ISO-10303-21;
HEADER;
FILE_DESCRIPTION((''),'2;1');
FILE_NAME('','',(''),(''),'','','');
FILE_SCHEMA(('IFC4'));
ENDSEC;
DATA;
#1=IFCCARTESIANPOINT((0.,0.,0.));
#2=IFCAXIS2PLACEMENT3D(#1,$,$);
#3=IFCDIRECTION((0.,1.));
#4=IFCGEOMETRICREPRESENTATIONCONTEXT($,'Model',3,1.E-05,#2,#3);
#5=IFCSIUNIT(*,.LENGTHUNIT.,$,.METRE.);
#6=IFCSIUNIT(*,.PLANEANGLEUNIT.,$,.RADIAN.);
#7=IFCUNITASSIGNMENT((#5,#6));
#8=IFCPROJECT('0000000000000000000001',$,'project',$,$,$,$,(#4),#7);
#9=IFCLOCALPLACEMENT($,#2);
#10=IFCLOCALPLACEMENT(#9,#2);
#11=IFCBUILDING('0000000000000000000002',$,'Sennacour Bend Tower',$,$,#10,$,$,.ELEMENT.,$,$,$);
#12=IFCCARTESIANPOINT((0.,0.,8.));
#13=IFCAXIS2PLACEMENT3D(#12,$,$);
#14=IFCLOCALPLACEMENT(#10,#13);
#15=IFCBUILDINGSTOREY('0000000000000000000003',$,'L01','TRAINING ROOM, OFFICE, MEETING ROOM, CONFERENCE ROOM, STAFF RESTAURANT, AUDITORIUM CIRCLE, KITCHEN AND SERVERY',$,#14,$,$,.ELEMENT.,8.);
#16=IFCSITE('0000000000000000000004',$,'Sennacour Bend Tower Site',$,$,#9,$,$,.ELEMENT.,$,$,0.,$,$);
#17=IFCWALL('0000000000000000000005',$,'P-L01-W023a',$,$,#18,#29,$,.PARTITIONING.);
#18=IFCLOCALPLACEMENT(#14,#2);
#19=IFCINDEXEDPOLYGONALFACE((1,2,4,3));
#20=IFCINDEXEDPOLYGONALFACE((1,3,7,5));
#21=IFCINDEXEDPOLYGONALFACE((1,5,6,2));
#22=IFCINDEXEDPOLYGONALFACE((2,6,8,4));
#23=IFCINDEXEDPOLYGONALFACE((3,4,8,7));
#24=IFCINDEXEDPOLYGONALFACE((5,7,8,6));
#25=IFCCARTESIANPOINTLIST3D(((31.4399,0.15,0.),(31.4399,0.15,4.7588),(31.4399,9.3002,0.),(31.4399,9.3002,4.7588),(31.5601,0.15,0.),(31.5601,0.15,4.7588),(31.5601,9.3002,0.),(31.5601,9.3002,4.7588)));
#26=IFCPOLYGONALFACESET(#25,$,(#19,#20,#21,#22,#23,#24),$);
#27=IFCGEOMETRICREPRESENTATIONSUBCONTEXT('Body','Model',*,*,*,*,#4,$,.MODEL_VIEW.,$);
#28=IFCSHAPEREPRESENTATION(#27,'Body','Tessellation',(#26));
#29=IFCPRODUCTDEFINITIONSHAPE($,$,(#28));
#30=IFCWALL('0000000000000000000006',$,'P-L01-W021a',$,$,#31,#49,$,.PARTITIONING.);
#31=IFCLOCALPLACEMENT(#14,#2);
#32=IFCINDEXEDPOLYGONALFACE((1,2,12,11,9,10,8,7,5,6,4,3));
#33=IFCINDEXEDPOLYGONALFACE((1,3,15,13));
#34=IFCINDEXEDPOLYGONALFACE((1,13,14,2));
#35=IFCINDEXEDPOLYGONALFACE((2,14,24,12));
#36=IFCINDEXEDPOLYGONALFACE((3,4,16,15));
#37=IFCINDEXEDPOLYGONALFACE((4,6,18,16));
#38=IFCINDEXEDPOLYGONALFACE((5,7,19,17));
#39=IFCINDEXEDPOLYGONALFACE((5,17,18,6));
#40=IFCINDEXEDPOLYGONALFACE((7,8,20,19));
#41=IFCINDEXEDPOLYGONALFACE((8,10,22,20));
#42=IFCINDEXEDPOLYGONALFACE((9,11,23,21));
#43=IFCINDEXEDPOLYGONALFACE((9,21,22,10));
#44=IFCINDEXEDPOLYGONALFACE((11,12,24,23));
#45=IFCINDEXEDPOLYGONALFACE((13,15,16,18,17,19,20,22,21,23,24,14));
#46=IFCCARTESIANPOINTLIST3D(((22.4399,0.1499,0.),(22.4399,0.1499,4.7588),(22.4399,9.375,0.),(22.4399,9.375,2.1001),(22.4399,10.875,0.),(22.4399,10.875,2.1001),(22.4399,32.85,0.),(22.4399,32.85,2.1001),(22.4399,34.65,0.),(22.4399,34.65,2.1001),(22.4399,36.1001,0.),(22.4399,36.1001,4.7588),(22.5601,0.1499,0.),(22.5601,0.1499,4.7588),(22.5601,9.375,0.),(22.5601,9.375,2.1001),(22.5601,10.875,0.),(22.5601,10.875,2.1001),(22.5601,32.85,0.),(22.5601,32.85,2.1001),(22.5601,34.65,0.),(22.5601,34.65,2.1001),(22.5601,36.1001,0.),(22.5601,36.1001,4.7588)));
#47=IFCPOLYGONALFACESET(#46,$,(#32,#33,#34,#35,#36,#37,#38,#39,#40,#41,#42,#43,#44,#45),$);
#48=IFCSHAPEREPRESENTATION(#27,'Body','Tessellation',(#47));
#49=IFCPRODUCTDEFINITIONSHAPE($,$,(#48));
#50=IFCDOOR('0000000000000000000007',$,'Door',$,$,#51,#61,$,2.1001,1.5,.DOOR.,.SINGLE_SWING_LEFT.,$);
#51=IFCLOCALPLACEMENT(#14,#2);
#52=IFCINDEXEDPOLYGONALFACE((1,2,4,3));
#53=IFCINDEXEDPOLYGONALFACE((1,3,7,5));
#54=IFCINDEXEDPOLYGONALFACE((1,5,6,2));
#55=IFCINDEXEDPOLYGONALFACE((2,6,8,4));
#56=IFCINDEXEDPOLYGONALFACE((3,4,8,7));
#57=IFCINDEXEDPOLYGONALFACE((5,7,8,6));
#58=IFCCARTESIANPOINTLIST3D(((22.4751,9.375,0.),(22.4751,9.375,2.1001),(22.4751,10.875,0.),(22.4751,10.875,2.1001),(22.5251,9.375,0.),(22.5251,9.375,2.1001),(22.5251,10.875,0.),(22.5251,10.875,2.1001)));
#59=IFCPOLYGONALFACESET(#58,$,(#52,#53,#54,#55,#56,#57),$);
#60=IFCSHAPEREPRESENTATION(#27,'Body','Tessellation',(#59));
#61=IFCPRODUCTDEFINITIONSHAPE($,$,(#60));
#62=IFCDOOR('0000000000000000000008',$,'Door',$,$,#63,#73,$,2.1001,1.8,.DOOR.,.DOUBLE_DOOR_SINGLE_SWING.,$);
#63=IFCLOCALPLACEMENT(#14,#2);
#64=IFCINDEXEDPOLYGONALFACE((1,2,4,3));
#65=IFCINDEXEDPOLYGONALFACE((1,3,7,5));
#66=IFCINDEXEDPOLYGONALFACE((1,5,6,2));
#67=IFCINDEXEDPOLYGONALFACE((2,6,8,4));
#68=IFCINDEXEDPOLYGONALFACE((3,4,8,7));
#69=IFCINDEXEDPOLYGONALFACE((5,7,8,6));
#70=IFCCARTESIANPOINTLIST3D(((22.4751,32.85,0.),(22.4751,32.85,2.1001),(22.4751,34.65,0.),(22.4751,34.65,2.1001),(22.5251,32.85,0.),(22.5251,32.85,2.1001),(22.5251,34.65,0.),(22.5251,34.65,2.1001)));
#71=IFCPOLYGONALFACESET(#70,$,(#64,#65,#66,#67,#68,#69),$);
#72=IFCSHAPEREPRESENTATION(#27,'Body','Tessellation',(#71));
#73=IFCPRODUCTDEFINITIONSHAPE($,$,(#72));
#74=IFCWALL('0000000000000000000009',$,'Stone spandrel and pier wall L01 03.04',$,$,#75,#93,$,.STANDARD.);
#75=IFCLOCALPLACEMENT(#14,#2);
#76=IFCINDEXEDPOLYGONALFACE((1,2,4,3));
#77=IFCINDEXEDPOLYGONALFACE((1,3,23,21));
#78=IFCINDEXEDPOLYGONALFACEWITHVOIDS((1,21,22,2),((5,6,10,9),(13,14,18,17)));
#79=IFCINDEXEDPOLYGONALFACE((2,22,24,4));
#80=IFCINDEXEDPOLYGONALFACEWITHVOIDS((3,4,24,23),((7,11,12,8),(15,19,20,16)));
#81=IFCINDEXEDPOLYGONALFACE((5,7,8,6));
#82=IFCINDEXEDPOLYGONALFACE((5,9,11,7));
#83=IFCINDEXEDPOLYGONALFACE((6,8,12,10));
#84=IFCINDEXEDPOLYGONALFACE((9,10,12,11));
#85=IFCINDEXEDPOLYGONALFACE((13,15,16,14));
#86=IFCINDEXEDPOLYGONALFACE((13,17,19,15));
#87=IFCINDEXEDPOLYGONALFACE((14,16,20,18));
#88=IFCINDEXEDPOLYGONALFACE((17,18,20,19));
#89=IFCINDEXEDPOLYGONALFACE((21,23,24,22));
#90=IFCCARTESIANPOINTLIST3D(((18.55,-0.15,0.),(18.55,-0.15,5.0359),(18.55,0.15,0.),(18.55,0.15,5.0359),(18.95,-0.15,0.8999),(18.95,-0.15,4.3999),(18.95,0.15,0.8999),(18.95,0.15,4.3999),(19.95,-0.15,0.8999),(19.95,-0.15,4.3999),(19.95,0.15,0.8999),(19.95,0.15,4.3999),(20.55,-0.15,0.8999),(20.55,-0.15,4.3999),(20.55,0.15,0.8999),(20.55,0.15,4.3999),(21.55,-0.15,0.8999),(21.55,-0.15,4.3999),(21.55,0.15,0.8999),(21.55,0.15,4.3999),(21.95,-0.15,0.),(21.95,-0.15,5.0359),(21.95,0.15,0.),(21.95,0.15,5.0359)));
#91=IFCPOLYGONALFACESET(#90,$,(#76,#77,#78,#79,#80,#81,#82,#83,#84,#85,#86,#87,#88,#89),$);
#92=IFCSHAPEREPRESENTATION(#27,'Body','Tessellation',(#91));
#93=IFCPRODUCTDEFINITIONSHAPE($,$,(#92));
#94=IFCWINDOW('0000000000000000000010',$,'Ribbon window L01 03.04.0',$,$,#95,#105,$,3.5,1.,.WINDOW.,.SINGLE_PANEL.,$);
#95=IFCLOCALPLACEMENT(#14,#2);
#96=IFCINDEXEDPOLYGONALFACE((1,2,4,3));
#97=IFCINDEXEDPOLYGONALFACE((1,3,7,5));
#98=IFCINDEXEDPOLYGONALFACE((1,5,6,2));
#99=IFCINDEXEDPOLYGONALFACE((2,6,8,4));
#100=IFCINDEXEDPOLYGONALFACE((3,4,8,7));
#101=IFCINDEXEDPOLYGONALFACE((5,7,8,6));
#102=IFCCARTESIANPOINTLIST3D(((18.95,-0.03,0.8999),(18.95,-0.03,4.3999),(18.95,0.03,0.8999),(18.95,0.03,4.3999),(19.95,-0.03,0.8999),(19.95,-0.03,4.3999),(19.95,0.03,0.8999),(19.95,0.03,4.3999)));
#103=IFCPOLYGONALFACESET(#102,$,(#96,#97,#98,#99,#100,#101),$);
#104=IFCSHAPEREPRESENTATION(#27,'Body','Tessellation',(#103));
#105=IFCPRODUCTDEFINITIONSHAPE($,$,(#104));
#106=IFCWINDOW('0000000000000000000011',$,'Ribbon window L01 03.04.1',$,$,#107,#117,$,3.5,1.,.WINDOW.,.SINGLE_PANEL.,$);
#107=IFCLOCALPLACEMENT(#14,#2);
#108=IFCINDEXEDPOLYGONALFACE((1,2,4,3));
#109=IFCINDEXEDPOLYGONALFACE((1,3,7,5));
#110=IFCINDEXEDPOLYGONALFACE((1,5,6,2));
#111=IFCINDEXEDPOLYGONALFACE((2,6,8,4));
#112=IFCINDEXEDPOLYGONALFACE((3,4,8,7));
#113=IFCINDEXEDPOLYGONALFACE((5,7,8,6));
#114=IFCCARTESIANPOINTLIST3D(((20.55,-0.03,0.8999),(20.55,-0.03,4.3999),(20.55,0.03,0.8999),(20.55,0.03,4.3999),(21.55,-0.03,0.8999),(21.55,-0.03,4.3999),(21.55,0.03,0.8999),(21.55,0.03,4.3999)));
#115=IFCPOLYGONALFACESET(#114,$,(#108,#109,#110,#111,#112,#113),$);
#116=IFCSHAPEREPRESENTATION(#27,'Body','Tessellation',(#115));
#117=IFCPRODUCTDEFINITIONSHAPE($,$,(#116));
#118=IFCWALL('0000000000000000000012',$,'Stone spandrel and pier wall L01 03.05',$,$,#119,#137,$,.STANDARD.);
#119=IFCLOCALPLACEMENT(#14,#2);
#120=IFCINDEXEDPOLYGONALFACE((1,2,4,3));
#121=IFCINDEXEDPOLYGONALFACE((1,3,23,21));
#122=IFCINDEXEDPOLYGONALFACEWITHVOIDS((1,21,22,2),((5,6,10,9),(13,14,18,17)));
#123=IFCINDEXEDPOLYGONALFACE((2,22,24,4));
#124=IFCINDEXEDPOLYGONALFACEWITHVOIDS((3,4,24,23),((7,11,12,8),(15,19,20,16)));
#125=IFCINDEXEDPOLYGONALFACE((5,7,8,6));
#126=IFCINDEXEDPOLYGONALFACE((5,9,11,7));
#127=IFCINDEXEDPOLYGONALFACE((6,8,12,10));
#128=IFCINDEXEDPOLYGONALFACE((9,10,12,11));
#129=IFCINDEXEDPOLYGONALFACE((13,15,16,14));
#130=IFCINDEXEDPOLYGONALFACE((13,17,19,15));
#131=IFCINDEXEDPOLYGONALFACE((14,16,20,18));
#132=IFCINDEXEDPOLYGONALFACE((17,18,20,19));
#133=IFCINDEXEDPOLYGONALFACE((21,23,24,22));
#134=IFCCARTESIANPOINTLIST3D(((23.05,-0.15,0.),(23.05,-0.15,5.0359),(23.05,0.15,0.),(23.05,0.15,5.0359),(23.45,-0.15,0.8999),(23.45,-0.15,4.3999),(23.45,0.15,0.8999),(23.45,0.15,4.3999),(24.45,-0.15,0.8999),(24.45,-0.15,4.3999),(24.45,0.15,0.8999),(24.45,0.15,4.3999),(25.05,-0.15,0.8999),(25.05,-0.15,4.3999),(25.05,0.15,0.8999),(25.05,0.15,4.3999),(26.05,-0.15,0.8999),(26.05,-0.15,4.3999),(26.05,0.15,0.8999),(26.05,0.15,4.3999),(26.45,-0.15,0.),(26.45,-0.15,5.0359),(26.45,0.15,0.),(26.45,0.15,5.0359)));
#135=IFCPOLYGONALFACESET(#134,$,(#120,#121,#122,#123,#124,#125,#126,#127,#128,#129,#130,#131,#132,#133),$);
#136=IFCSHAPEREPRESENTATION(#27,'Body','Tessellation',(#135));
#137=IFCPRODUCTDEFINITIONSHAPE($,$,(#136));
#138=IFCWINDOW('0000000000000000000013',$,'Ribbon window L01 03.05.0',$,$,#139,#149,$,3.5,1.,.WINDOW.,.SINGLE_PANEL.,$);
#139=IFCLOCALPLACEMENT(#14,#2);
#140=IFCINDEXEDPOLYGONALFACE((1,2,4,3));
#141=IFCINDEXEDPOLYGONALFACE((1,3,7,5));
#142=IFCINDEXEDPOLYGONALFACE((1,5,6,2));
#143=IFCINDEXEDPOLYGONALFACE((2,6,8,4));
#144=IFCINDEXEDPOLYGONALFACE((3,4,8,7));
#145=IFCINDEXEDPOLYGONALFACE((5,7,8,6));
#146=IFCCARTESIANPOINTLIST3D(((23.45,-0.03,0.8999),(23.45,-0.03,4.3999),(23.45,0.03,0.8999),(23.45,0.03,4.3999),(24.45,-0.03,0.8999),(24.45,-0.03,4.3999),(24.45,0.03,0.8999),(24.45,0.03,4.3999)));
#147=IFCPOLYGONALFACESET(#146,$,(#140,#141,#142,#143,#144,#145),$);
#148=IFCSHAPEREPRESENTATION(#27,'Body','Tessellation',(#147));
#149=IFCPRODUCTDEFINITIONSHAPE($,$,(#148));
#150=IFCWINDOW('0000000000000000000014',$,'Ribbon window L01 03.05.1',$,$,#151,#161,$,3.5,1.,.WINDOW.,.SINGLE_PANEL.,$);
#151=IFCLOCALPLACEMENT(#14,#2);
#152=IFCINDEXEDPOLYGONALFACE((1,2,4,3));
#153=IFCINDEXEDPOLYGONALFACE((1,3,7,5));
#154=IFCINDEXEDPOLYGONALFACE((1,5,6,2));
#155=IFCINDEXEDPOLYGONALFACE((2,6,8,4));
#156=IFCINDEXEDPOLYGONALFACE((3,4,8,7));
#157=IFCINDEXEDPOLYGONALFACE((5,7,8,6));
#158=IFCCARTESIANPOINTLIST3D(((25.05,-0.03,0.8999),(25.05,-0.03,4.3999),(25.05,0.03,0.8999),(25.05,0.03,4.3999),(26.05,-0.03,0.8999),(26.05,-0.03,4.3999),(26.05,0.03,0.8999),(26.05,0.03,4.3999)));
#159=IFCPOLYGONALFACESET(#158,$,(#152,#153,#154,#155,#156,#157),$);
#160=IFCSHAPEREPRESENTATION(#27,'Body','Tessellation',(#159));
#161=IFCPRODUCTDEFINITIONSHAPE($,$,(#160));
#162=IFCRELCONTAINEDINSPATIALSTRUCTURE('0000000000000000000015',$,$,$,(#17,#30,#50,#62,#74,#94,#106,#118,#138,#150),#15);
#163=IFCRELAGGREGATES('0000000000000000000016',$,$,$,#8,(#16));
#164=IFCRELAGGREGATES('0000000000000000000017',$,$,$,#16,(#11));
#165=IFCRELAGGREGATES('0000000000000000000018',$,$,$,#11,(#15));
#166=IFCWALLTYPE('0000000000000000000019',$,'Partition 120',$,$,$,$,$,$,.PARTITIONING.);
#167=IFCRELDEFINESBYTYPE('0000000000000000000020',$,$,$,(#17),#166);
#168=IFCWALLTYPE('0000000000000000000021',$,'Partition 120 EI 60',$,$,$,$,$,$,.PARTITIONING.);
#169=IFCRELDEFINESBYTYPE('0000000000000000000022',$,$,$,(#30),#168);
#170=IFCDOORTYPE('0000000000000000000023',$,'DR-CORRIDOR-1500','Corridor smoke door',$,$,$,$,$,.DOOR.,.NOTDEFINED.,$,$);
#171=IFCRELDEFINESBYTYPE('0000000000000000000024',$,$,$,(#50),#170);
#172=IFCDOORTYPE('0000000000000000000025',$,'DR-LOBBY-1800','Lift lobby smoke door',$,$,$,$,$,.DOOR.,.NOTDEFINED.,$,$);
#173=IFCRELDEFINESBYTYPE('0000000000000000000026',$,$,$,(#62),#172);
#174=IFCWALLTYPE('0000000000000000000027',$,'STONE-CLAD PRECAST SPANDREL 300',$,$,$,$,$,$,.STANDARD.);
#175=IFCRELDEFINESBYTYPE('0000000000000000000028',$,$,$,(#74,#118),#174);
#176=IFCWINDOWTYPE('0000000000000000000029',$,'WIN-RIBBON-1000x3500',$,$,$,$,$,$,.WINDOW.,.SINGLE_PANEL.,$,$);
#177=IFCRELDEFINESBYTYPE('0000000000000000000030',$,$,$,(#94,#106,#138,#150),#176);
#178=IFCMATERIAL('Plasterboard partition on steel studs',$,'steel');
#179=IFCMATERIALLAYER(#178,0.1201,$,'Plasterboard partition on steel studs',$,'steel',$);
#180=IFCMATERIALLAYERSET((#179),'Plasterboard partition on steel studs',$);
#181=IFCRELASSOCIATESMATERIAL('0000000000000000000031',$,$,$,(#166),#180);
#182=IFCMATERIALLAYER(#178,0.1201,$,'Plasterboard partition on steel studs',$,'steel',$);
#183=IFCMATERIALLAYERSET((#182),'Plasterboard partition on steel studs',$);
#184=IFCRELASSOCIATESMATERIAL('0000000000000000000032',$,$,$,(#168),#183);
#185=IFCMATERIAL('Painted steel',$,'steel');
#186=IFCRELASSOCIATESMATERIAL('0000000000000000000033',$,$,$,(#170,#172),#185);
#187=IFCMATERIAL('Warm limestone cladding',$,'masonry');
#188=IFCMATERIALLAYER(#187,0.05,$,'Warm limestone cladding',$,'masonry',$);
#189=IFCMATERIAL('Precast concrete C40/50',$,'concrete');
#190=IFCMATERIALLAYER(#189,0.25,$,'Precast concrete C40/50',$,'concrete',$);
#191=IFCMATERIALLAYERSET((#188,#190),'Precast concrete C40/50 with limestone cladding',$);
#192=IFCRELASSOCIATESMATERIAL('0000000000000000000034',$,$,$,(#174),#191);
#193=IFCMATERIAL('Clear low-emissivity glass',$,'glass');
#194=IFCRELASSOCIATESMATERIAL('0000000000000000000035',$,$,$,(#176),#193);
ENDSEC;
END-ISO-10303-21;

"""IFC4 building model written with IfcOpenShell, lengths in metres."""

from ifc_helpers import new_model, si_unit, direction, frame, frame_2d, origin, place, context, subcontext, project, spatial, rectangle, extrude, material, layer, layer_set, type_object, element, fill, save


model = new_model("IFC4")

# Units and contexts
model_context = context("Model", 3, precision=1e-05, world=origin(), true_north=direction((0.0, 1.0)))
body_context = subcontext(model_context, "Body", "Model", "MODEL_VIEW")
ifc_project = project(units=[si_unit("LENGTHUNIT", "METRE"), si_unit("PLANEANGLEUNIT", "RADIAN")], contexts=[model_context])

# Site, building, storey
site_placement = place(None, origin())
site = spatial("IfcSite", under=ifc_project, at=site_placement, Name="Sennacour Bend Tower Site", CompositionType="ELEMENT", RefElevation=0.0)
building_placement = place(site_placement, origin())
building = spatial("IfcBuilding", under=site, at=building_placement, Name="Sennacour Bend Tower", CompositionType="ELEMENT")
storey_placement = place(building_placement, frame((0.0, 0.0, 8.0)))
storey = spatial("IfcBuildingStorey", under=building, at=storey_placement, Name="L01", Description="TRAINING ROOM, OFFICE, MEETING ROOM, CONFERENCE ROOM, STAFF RESTAURANT, AUDITORIUM CIRCLE, KITCHEN AND SERVERY", CompositionType="ELEMENT", Elevation=8.0)

# Wall
ifc_material_1 = material(Name="Plasterboard partition on steel studs", Category="steel")
ifc_layer_1 = layer(ifc_material_1, 0.1201, Name="Plasterboard partition on steel studs", Category="steel")
ifc_layer_set_1 = layer_set([ifc_layer_1], Name="Plasterboard partition on steel studs")
wall_type_1 = type_object("IfcWallType", Name="Partition 120", PredefinedType="PARTITIONING", material=ifc_layer_set_1)
wall_1_placement = place(storey_placement, frame((31.5, 0.1499, 0.0), z_axis=(0.0, 0.0, 1.0), x_axis=(0.0, 1.0, 0.0)))
element("IfcWall", 1, at=wall_1_placement, inside=storey, type_object=wall_type_1, Name="P-L01-W023a", PredefinedType="PARTITIONING", context=body_context, shape_type="SweptSolid", body=[
    extrude(rectangle(XDim=9.1501, YDim=0.1201, at=frame_2d((4.5752, 0.0))), origin(), (0.0, 0.0, 1.0), 4.7588),
])

# Wall, openings, doors
ifc_layer_2 = layer(ifc_material_1, 0.1201, Name="Plasterboard partition on steel studs", Category="steel")
ifc_layer_set_2 = layer_set([ifc_layer_2], Name="Plasterboard partition on steel studs")
wall_type_2 = type_object("IfcWallType", Name="Partition 120 EI 60", PredefinedType="PARTITIONING", material=ifc_layer_set_2)
wall_2_placement = place(storey_placement, frame((22.5, 0.1499, 0.0), z_axis=(0.0, 0.0, 1.0), x_axis=(0.0, 1.0, 0.0)))
wall_2 = element("IfcWall", 2, at=wall_2_placement, inside=storey, type_object=wall_type_2, Name="P-L01-W021a", PredefinedType="PARTITIONING", context=body_context, shape_type="SweptSolid", body=[
    extrude(rectangle(XDim=35.9502, YDim=0.1201, at=frame_2d((17.9751, 0.0))), origin(), (0.0, 0.0, 1.0), 4.7588),
])
opening_1_placement = place(wall_2_placement, frame((9.2251, 0.0, 0.0)))
opening_1 = element("IfcOpeningElement", 3, at=opening_1_placement, cuts=wall_2, PredefinedType="OPENING", context=body_context, shape_type="SweptSolid", body=[
    extrude(rectangle(XDim=1.5, YDim=2.1001, at=frame_2d((0.75, 1.05))), frame((0.0, 0.0701, 0.0), z_axis=(0.0, -1.0, 0.0), x_axis=(1.0, 0.0, 0.0)), (0.0, 0.0, 1.0), 0.1401),
])
opening_2_placement = place(wall_2_placement, frame((32.7002, 0.0, 0.0)))
opening_2 = element("IfcOpeningElement", 4, at=opening_2_placement, cuts=wall_2, PredefinedType="OPENING", context=body_context, shape_type="SweptSolid", body=[
    extrude(rectangle(XDim=1.8, YDim=2.1001, at=frame_2d((0.8999, 1.05))), frame((0.0, 0.0701, 0.0), z_axis=(0.0, -1.0, 0.0), x_axis=(1.0, 0.0, 0.0)), (0.0, 0.0, 1.0), 0.1401),
])
ifc_material_2 = material(Name="Painted steel", Category="steel")
door_type_1 = type_object("IfcDoorType", Name="DR-CORRIDOR-1500", Description="Corridor smoke door", OperationType="NOTDEFINED", PredefinedType="DOOR", material=ifc_material_2)
door_1_placement = place(opening_1_placement, origin())
door_1 = element("IfcDoor", 5, at=door_1_placement, inside=storey, type_object=door_type_1, Name="Door", OperationType="SINGLE_SWING_LEFT", OverallHeight=2.1001, OverallWidth=1.5, PredefinedType="DOOR", context=body_context, shape_type="SweptSolid", body=[
    extrude(rectangle(XDim=1.5, YDim=2.1001, at=frame_2d((0.75, 1.05))), frame((0.0, 0.0249, 0.0), z_axis=(0.0, -1.0, 0.0), x_axis=(1.0, 0.0, 0.0)), (0.0, 0.0, 1.0), 0.05),
])
fill(opening_1, door_1)
door_type_2 = type_object("IfcDoorType", Name="DR-LOBBY-1800", Description="Lift lobby smoke door", OperationType="NOTDEFINED", PredefinedType="DOOR", material=ifc_material_2)
door_2_placement = place(opening_2_placement, origin())
door_2 = element("IfcDoor", 6, at=door_2_placement, inside=storey, type_object=door_type_2, Name="Door", OperationType="DOUBLE_DOOR_SINGLE_SWING", OverallHeight=2.1001, OverallWidth=1.8, PredefinedType="DOOR", context=body_context, shape_type="SweptSolid", body=[
    extrude(rectangle(XDim=1.8, YDim=2.1001, at=frame_2d((0.8999, 1.05))), frame((0.0, 0.0249, 0.0), z_axis=(0.0, -1.0, 0.0), x_axis=(1.0, 0.0, 0.0)), (0.0, 0.0, 1.0), 0.05),
])
fill(opening_2, door_2)

# Walls, openings, windows
ifc_material_3 = material(Name="Warm limestone cladding", Category="masonry")
ifc_layer_3 = layer(ifc_material_3, 0.05, Name="Warm limestone cladding", Category="masonry")
ifc_material_4 = material(Name="Precast concrete C40/50", Category="concrete")
ifc_layer_4 = layer(ifc_material_4, 0.25, Name="Precast concrete C40/50", Category="concrete")
ifc_layer_set_3 = layer_set([ifc_layer_3, ifc_layer_4], Name="Precast concrete C40/50 with limestone cladding")
wall_type_3 = type_object("IfcWallType", Name="STONE-CLAD PRECAST SPANDREL 300", PredefinedType="STANDARD", material=ifc_layer_set_3)
wall_3_placement = place(storey_placement, frame((18.55, 0.0, 0.0), z_axis=(0.0, 0.0, 1.0), x_axis=(1.0, 0.0, 0.0)))
wall_3 = element("IfcWall", 7, at=wall_3_placement, inside=storey, type_object=wall_type_3, Name="Stone spandrel and pier wall L01 03.04", PredefinedType="STANDARD", context=body_context, shape_type="SweptSolid", body=[
    extrude(rectangle(XDim=3.3999, YDim=0.3, at=frame_2d((1.7, 0.0))), origin(), (0.0, 0.0, 1.0), 5.0359),
])
opening_3_placement = place(wall_3_placement, frame((0.3999, 0.0, 0.8999)))
opening_3 = element("IfcOpeningElement", 8, at=opening_3_placement, cuts=wall_3, PredefinedType="OPENING", context=body_context, shape_type="SweptSolid", body=[
    extrude(rectangle(XDim=1.0, YDim=3.5, at=frame_2d((0.5, 1.75))), frame((0.0, 0.1602, 0.0), z_axis=(0.0, -1.0, 0.0), x_axis=(1.0, 0.0, 0.0)), (0.0, 0.0, 1.0), 0.3201),
])
opening_4_placement = place(wall_3_placement, frame((2.0, 0.0, 0.8999)))
opening_4 = element("IfcOpeningElement", 9, at=opening_4_placement, cuts=wall_3, PredefinedType="OPENING", context=body_context, shape_type="SweptSolid", body=[
    extrude(rectangle(XDim=1.0, YDim=3.5, at=frame_2d((0.5, 1.75))), frame((0.0, 0.1602, 0.0), z_axis=(0.0, -1.0, 0.0), x_axis=(1.0, 0.0, 0.0)), (0.0, 0.0, 1.0), 0.3201),
])
ifc_material_5 = material(Name="Clear low-emissivity glass", Category="glass")
window_type = type_object("IfcWindowType", Name="WIN-RIBBON-1000x3500", PartitioningType="SINGLE_PANEL", PredefinedType="WINDOW", material=ifc_material_5)
window_1_placement = place(opening_3_placement, origin())
window_1 = element("IfcWindow", 10, at=window_1_placement, inside=storey, type_object=window_type, Name="Ribbon window L01 03.04.0", OverallHeight=3.5, OverallWidth=1.0, PartitioningType="SINGLE_PANEL", PredefinedType="WINDOW", context=body_context, shape_type="SweptSolid", body=[
    extrude(rectangle(XDim=1.0, YDim=3.5, at=frame_2d((0.5, 1.75))), frame((0.0, 0.03, 0.0), z_axis=(0.0, -1.0, 0.0), x_axis=(1.0, 0.0, 0.0)), (0.0, 0.0, 1.0), 0.0601),
])
fill(opening_3, window_1)
window_2_placement = place(opening_4_placement, origin())
window_2 = element("IfcWindow", 11, at=window_2_placement, inside=storey, type_object=window_type, Name="Ribbon window L01 03.04.1", OverallHeight=3.5, OverallWidth=1.0, PartitioningType="SINGLE_PANEL", PredefinedType="WINDOW", context=body_context, shape_type="SweptSolid", body=[
    extrude(rectangle(XDim=1.0, YDim=3.5, at=frame_2d((0.5, 1.75))), frame((0.0, 0.03, 0.0), z_axis=(0.0, -1.0, 0.0), x_axis=(1.0, 0.0, 0.0)), (0.0, 0.0, 1.0), 0.0601),
])
fill(opening_4, window_2)
wall_4_placement = place(storey_placement, frame((23.05, 0.0, 0.0), z_axis=(0.0, 0.0, 1.0), x_axis=(1.0, 0.0, 0.0)))
wall_4 = element("IfcWall", 12, at=wall_4_placement, inside=storey, type_object=wall_type_3, Name="Stone spandrel and pier wall L01 03.05", PredefinedType="STANDARD", context=body_context, shape_type="SweptSolid", body=[
    extrude(rectangle(XDim=3.3999, YDim=0.3, at=frame_2d((1.7, 0.0))), origin(), (0.0, 0.0, 1.0), 5.0359),
])
opening_5_placement = place(wall_4_placement, frame((0.3999, 0.0, 0.8999)))
opening_5 = element("IfcOpeningElement", 13, at=opening_5_placement, cuts=wall_4, PredefinedType="OPENING", context=body_context, shape_type="SweptSolid", body=[
    extrude(rectangle(XDim=1.0, YDim=3.5, at=frame_2d((0.5, 1.75))), frame((0.0, 0.1602, 0.0), z_axis=(0.0, -1.0, 0.0), x_axis=(1.0, 0.0, 0.0)), (0.0, 0.0, 1.0), 0.3201),
])
opening_6_placement = place(wall_4_placement, frame((2.0, 0.0, 0.8999)))
opening_6 = element("IfcOpeningElement", 14, at=opening_6_placement, cuts=wall_4, PredefinedType="OPENING", context=body_context, shape_type="SweptSolid", body=[
    extrude(rectangle(XDim=1.0, YDim=3.5, at=frame_2d((0.5, 1.75))), frame((0.0, 0.1602, 0.0), z_axis=(0.0, -1.0, 0.0), x_axis=(1.0, 0.0, 0.0)), (0.0, 0.0, 1.0), 0.3201),
])
window_3_placement = place(opening_5_placement, origin())
window_3 = element("IfcWindow", 15, at=window_3_placement, inside=storey, type_object=window_type, Name="Ribbon window L01 03.05.0", OverallHeight=3.5, OverallWidth=1.0, PartitioningType="SINGLE_PANEL", PredefinedType="WINDOW", context=body_context, shape_type="SweptSolid", body=[
    extrude(rectangle(XDim=1.0, YDim=3.5, at=frame_2d((0.5, 1.75))), frame((0.0, 0.03, 0.0), z_axis=(0.0, -1.0, 0.0), x_axis=(1.0, 0.0, 0.0)), (0.0, 0.0, 1.0), 0.0601),
])
fill(opening_5, window_3)
window_4_placement = place(opening_6_placement, origin())
window_4 = element("IfcWindow", 16, at=window_4_placement, inside=storey, type_object=window_type, Name="Ribbon window L01 03.05.1", OverallHeight=3.5, OverallWidth=1.0, PartitioningType="SINGLE_PANEL", PredefinedType="WINDOW", context=body_context, shape_type="SweptSolid", body=[
    extrude(rectangle(XDim=1.0, YDim=3.5, at=frame_2d((0.5, 1.75))), frame((0.0, 0.03, 0.0), z_axis=(0.0, -1.0, 0.0), x_axis=(1.0, 0.0, 0.0)), (0.0, 0.0, 1.0), 0.0601),
])
fill(opening_6, window_4)

save(model, "model.ifc")
